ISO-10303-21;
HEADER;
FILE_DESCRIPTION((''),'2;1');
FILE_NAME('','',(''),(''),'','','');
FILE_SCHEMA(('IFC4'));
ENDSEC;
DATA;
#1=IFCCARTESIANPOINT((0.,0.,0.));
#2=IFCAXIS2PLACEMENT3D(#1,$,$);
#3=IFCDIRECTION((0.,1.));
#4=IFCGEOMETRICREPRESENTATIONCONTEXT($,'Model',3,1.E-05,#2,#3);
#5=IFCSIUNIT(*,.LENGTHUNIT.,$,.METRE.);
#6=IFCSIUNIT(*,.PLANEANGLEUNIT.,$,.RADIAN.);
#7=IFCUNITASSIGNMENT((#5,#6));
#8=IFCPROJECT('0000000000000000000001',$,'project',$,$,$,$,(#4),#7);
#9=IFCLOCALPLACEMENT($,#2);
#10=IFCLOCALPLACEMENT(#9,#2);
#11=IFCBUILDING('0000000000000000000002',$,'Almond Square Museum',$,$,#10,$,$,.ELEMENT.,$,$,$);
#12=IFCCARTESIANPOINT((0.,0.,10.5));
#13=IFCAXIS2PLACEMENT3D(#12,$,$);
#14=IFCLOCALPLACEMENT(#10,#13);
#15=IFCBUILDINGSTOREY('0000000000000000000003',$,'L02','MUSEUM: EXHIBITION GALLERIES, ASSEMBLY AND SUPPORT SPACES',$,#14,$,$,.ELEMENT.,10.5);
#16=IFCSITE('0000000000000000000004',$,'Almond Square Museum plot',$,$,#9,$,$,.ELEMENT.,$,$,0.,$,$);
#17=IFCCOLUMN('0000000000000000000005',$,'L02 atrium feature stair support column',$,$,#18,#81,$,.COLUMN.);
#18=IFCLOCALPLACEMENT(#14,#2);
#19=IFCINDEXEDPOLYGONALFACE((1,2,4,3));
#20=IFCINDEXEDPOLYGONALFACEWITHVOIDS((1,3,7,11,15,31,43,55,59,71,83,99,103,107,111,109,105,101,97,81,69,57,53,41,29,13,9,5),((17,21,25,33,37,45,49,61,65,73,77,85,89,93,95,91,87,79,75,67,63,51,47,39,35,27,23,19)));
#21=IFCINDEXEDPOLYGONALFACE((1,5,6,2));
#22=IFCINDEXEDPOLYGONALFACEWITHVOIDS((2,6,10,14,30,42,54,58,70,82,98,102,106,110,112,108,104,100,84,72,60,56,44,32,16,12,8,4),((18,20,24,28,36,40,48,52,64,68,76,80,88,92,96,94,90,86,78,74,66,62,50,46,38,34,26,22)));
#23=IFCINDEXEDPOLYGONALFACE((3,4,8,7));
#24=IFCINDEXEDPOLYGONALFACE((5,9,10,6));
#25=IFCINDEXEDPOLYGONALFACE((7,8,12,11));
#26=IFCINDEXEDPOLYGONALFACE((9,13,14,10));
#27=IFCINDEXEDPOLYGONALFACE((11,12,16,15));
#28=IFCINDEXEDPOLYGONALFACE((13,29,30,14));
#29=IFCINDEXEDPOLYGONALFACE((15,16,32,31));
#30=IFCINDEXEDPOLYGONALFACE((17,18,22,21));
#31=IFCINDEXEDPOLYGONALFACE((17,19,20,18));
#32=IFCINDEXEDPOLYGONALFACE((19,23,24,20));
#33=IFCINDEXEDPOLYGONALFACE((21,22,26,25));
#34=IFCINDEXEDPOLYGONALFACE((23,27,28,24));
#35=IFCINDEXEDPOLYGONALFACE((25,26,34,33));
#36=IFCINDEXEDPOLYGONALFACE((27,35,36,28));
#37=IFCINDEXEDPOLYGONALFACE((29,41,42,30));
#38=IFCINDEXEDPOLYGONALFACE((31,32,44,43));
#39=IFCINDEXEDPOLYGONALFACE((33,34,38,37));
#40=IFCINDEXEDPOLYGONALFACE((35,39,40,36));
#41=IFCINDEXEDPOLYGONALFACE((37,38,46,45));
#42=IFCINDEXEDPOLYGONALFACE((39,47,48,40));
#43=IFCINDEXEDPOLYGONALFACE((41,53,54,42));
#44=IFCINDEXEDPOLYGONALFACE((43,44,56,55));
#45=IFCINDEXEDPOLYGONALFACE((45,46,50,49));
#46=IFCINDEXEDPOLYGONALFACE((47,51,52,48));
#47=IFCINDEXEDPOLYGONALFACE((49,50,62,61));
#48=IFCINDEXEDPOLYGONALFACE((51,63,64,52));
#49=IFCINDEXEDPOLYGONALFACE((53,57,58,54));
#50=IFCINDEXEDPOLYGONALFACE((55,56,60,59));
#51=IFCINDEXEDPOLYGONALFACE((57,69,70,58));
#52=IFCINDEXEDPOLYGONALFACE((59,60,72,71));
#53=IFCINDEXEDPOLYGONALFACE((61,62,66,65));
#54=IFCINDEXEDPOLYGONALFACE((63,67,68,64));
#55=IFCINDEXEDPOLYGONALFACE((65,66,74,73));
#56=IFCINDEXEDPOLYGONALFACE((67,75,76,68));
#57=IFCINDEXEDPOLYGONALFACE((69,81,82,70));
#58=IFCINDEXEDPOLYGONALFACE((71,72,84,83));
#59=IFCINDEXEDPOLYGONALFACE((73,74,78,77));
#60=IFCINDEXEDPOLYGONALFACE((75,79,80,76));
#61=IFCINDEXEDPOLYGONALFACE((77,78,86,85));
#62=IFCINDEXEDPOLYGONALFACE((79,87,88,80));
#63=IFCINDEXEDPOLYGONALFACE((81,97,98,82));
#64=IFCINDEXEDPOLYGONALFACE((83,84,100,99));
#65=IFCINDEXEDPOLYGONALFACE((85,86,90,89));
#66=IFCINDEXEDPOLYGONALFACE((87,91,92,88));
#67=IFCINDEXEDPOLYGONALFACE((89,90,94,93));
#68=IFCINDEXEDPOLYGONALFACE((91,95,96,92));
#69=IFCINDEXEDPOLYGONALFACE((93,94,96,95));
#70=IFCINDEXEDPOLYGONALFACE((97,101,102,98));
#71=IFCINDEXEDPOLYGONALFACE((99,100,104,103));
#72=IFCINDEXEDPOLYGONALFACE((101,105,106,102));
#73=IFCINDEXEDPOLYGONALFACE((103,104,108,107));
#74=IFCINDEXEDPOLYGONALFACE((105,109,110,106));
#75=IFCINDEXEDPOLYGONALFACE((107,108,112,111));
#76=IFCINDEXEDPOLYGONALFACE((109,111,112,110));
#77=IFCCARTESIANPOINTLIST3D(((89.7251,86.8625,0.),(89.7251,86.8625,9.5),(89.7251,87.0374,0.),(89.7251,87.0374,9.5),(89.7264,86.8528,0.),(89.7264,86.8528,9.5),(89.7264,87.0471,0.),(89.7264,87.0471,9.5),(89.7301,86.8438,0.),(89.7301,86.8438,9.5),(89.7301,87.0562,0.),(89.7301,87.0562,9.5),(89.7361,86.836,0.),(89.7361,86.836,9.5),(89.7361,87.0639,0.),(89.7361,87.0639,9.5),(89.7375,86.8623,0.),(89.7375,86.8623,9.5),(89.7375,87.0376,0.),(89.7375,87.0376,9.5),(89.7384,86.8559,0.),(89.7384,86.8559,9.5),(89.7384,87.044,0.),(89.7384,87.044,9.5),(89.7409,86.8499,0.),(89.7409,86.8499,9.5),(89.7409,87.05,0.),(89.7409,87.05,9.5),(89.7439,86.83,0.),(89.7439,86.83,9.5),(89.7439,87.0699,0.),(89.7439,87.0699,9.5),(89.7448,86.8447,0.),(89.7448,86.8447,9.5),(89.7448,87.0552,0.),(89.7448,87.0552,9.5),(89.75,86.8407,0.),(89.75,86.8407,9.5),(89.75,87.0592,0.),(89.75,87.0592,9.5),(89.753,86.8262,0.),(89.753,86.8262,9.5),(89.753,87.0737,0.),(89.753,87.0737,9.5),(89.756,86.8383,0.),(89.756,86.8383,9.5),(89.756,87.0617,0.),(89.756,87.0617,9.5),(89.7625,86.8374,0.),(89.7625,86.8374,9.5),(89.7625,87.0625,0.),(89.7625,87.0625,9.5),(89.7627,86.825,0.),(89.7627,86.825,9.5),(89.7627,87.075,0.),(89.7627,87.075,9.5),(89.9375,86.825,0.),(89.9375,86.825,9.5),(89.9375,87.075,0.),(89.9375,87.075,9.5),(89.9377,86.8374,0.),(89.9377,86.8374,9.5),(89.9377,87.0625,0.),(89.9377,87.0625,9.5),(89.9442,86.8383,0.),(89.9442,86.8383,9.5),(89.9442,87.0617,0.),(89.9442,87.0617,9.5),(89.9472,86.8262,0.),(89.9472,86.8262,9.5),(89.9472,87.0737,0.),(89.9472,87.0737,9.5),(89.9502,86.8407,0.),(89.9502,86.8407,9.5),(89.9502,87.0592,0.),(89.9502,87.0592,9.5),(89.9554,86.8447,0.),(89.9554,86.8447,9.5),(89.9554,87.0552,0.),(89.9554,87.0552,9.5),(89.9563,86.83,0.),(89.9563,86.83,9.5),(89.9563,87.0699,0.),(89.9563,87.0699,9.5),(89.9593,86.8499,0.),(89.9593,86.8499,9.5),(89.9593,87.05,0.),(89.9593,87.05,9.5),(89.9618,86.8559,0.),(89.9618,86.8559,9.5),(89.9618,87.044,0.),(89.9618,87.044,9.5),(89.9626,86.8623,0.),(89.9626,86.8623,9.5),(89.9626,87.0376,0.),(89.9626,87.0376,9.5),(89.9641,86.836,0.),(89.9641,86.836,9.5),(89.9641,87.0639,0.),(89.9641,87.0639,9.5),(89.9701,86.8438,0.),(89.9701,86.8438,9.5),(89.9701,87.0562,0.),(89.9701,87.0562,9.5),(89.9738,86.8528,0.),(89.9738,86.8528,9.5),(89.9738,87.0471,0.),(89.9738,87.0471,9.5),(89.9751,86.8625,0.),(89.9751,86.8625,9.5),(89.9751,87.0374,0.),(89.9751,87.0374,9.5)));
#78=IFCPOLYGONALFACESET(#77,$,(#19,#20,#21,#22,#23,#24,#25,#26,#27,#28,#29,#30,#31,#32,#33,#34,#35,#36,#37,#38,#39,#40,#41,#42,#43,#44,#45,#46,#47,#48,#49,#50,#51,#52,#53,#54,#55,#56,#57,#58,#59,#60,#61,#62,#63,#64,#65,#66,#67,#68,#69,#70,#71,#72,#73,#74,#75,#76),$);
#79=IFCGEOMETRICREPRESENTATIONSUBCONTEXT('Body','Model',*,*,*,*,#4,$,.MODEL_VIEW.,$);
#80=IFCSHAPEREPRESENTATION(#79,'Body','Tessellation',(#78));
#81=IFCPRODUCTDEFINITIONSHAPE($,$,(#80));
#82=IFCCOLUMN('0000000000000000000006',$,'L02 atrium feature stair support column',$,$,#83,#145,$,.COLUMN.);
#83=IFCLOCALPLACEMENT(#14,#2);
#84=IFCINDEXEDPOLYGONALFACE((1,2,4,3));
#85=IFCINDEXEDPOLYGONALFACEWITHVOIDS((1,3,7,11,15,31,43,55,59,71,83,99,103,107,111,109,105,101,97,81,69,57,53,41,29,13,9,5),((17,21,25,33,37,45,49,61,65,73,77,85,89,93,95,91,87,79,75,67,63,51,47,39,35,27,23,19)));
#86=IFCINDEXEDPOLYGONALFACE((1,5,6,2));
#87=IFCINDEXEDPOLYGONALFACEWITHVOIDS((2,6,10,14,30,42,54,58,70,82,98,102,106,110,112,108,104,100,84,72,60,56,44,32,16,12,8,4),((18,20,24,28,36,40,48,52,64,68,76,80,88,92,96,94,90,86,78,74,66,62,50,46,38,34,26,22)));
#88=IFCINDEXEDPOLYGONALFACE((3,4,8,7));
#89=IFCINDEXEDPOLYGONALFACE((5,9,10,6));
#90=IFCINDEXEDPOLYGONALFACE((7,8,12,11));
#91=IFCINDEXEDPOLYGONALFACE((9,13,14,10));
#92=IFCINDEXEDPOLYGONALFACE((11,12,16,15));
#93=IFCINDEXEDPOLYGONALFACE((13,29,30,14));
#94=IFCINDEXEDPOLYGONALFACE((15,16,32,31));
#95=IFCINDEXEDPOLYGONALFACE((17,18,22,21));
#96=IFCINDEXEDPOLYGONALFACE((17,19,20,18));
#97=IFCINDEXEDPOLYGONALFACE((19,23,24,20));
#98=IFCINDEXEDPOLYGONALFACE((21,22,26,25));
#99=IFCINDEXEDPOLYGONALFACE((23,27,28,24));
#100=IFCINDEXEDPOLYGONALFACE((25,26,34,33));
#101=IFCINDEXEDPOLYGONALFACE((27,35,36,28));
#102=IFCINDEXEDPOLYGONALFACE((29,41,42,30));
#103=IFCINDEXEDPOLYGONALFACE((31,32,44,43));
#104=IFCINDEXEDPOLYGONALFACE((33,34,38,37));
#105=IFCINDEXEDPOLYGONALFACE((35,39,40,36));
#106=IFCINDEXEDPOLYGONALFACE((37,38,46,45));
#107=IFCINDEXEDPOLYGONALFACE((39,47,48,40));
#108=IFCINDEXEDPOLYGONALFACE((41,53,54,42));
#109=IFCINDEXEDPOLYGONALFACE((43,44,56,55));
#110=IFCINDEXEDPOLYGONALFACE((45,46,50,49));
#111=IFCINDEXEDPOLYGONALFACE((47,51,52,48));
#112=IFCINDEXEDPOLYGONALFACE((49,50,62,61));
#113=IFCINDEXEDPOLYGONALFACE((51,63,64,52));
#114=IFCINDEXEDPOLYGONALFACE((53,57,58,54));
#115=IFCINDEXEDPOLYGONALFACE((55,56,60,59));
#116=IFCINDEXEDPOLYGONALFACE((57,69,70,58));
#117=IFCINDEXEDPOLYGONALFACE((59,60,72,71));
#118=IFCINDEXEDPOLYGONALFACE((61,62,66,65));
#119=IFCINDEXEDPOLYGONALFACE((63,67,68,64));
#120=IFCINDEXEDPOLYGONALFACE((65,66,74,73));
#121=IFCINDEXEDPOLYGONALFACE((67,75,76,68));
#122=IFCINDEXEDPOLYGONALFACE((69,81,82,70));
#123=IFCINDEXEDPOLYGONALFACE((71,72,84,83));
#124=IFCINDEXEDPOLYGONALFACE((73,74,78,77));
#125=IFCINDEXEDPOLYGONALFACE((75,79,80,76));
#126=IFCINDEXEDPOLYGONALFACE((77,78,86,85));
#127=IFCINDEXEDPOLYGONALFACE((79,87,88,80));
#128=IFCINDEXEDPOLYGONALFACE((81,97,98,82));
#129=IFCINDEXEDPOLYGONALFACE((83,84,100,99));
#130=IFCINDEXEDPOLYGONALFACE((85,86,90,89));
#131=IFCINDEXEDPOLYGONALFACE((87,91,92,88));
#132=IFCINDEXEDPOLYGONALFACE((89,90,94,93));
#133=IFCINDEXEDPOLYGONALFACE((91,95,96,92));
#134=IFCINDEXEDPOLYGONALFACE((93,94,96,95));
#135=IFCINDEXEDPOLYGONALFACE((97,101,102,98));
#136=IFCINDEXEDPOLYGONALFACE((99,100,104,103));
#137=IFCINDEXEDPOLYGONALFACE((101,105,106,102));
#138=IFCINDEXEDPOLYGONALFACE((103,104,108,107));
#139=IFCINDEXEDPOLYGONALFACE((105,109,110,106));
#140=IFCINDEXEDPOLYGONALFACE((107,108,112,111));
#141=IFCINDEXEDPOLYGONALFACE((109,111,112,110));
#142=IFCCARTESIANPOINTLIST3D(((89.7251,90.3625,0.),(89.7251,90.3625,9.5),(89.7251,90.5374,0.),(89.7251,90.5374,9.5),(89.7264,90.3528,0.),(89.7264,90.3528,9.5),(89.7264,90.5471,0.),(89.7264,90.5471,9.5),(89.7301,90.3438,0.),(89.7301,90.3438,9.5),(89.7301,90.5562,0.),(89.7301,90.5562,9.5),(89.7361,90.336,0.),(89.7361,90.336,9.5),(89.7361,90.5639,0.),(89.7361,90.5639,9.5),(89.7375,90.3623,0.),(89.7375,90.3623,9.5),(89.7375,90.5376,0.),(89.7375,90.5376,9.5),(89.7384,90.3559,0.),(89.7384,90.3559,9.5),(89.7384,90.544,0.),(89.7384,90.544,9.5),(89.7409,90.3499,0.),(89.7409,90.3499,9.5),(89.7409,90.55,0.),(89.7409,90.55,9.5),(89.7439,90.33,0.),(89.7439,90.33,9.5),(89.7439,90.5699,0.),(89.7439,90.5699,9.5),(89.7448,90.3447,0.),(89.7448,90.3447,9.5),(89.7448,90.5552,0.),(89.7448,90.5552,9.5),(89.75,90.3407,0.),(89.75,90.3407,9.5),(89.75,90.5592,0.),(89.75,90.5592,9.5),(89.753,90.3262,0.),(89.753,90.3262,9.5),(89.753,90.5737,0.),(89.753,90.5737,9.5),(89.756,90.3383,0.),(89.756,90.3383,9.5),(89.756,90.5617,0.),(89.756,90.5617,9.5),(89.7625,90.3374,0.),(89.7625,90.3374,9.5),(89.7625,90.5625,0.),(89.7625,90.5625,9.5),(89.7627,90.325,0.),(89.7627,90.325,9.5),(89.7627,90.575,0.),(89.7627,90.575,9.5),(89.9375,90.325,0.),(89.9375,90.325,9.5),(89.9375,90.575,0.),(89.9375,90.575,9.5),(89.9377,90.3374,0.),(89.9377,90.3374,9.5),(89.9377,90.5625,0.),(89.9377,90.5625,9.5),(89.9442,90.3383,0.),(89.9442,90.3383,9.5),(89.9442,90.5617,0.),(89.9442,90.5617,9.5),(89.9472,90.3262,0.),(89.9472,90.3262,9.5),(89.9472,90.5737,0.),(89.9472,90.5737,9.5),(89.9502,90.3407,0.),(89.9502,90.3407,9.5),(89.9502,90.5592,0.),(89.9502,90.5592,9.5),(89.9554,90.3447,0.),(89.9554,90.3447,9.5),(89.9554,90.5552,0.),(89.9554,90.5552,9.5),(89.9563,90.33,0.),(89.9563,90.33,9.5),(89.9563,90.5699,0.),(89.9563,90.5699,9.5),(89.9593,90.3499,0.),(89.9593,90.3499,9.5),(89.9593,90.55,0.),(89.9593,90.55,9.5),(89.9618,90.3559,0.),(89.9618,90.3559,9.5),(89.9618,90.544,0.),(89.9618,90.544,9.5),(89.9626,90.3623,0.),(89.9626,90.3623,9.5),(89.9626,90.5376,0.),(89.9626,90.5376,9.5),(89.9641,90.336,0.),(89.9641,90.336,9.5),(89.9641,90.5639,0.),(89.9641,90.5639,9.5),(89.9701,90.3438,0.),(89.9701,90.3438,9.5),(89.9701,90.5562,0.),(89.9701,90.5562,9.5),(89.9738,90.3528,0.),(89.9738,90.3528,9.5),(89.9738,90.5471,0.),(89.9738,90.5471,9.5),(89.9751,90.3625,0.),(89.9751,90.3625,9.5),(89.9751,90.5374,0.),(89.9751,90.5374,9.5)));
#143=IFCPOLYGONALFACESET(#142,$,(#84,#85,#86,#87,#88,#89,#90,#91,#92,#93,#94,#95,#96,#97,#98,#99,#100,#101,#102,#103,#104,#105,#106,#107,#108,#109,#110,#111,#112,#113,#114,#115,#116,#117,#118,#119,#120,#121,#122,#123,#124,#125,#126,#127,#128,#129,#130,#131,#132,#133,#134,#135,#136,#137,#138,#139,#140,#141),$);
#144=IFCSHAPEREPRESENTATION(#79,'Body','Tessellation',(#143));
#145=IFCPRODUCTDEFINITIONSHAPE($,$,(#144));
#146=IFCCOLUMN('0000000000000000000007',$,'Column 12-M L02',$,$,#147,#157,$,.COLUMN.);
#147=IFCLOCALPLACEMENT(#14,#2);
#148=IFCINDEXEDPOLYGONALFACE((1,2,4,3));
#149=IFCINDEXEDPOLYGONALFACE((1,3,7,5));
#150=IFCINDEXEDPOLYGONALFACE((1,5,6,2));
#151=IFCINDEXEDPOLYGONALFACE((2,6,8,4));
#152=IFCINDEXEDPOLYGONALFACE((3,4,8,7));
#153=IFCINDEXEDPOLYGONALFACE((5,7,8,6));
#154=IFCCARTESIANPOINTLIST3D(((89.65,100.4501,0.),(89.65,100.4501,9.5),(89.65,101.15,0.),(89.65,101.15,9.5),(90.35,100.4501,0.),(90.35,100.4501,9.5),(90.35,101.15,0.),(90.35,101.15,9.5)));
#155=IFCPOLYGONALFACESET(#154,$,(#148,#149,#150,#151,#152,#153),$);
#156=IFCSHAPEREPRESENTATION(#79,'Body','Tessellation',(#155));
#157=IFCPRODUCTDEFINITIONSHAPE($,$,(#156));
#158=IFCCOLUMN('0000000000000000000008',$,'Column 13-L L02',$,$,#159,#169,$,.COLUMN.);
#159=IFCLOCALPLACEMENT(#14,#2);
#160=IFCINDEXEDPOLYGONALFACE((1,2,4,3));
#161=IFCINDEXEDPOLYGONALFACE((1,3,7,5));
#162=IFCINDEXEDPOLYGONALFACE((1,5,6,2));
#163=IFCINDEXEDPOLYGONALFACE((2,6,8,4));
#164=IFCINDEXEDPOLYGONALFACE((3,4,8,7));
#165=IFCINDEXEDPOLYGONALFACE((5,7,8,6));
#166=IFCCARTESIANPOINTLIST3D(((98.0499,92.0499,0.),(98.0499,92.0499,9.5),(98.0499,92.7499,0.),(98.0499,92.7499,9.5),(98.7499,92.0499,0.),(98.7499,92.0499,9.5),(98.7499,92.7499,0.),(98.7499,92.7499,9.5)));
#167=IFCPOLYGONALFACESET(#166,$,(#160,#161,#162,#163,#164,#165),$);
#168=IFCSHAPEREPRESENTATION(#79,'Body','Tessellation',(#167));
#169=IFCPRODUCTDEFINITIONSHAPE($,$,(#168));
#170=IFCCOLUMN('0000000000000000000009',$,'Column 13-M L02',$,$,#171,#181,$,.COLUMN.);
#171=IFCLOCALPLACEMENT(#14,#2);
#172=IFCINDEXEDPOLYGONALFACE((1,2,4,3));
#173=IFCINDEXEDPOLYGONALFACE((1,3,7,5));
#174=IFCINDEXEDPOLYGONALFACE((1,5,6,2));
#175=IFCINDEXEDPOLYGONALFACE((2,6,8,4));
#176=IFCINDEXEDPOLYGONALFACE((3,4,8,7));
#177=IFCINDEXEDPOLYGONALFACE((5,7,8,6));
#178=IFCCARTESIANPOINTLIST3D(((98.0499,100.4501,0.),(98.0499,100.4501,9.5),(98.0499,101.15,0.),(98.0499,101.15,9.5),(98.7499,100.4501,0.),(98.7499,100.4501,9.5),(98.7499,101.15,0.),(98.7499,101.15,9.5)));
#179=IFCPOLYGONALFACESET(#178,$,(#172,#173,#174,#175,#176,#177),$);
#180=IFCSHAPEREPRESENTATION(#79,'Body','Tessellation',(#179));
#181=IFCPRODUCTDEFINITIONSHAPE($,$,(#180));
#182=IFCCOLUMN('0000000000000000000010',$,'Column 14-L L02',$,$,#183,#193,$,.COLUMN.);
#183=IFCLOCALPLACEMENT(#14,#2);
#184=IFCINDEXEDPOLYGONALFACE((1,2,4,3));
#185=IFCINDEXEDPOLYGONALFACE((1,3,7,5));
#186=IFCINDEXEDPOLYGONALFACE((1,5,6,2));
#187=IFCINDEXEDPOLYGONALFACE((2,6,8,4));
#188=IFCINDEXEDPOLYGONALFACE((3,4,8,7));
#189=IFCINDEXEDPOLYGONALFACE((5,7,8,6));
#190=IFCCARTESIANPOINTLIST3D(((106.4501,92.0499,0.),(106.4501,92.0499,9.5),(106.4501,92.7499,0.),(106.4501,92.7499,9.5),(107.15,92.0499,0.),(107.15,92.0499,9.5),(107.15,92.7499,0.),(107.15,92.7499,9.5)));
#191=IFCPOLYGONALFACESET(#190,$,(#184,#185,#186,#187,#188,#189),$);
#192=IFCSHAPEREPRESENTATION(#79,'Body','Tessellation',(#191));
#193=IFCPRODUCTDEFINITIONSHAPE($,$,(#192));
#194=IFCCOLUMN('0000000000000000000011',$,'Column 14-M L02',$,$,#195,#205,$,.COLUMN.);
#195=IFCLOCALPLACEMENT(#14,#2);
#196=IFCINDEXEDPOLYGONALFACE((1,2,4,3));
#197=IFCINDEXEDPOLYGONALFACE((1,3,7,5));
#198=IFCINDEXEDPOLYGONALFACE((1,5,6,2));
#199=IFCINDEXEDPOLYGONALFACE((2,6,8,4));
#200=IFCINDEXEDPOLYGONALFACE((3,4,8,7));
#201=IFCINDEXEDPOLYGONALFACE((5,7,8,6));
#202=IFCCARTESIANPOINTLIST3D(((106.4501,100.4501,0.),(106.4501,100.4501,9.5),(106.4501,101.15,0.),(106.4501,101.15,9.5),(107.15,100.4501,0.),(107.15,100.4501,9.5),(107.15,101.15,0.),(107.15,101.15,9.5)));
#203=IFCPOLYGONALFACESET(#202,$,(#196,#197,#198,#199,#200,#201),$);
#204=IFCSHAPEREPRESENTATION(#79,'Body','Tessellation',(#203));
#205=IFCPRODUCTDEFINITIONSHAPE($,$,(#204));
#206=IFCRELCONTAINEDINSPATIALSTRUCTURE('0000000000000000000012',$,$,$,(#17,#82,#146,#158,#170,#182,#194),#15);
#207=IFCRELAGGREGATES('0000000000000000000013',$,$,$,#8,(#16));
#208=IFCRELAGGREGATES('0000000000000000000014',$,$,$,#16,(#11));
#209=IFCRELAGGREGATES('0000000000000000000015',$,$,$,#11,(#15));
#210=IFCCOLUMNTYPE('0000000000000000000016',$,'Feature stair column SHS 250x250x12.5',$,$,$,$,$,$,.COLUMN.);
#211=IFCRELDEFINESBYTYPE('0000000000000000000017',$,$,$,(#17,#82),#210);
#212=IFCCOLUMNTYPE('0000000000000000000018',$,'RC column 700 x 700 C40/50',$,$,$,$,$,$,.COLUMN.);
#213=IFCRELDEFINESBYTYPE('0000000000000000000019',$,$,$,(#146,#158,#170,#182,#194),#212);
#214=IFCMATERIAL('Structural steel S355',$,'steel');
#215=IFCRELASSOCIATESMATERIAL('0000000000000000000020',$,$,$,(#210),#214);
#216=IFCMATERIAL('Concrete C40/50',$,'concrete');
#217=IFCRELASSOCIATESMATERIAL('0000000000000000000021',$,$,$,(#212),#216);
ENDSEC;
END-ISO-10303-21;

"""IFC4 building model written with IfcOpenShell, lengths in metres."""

from ifc_helpers import new_model, si_unit, direction, frame, origin, origin_2d, place, context, subcontext, project, spatial, rectangle, hollow_rectangle, extrude, material, material_profile, profile_set, type_object, element, save


model = new_model("IFC4")

# Units and contexts
model_context = context("Model", 3, precision=1e-05, world=origin(), true_north=direction((0.0, 1.0)))
body_context = subcontext(model_context, "Body", "Model", "MODEL_VIEW")
ifc_project = project(units=[si_unit("LENGTHUNIT", "METRE"), si_unit("PLANEANGLEUNIT", "RADIAN")], contexts=[model_context])

# Site, building, storey
site_placement = place(None, origin())
site = spatial("IfcSite", under=ifc_project, at=site_placement, Name="Almond Square Museum plot", CompositionType="ELEMENT", RefElevation=0.0)
building_placement = place(site_placement, origin())
building = spatial("IfcBuilding", under=site, at=building_placement, Name="Almond Square Museum", CompositionType="ELEMENT")
storey_placement = place(building_placement, frame((0.0, 0.0, 10.5)))
storey = spatial("IfcBuildingStorey", under=building, at=storey_placement, Name="L02", Description="MUSEUM: EXHIBITION GALLERIES, ASSEMBLY AND SUPPORT SPACES", CompositionType="ELEMENT", Elevation=10.5)

# Columns
ifc_material_1 = material(Name="Structural steel S355", Category="steel")
ifc_material_profile_1 = material_profile(ifc_material_1, hollow_rectangle(XDim=0.25, YDim=0.25, WallThickness=0.0125, InnerFilletRadius=0.0249, OuterFilletRadius=0.0376, at=origin_2d()))
ifc_profile_set_1 = profile_set([ifc_material_profile_1], Name="Structural steel S355")
column_type_1 = type_object("IfcColumnType", Name="Feature stair column SHS 250x250x12.5", PredefinedType="COLUMN", material=ifc_profile_set_1)
for number, where, z_axis, x_axis, name in (
    (1, (89.8501, 86.95, 0.0), (0.0, 0.0, 1.0), (1.0, 0.0, 0.0), "L02 atrium feature stair support column"),
    (2, (89.8501, 90.45, 0.0), (0.0, 0.0, 1.0), (1.0, 0.0, 0.0), "L02 atrium feature stair support column"),
):
    element("IfcColumn", number, at=place(storey_placement, frame(where, z_axis=z_axis, x_axis=x_axis)), inside=storey, type_object=column_type_1, Name=name, PredefinedType="COLUMN", context=body_context, shape_type="SweptSolid", body=[
        extrude(hollow_rectangle(XDim=0.25, YDim=0.25, WallThickness=0.0125, InnerFilletRadius=0.0249, OuterFilletRadius=0.0376, at=origin_2d()), origin(), (0.0, 0.0, 1.0), 9.5),
    ])
ifc_material_2 = material(Name="Concrete C40/50", Category="concrete")
ifc_material_profile_2 = material_profile(ifc_material_2, rectangle(XDim=0.7, YDim=0.7, at=origin_2d()))
ifc_profile_set_2 = profile_set([ifc_material_profile_2], Name="Concrete C40/50")
column_type_2 = type_object("IfcColumnType", Name="RC column 700 x 700 C40/50", PredefinedType="COLUMN", material=ifc_profile_set_2)
for number, where, z_axis, x_axis, name in (
    (3, (90.0, 100.8, 0.0), (0.0, 0.0, 1.0), (1.0, 0.0, 0.0), "Column 12-M L02"),
    (4, (98.3999, 92.3999, 0.0), (0.0, 0.0, 1.0), (1.0, 0.0, 0.0), "Column 13-L L02"),
    (5, (98.3999, 100.8, 0.0), (0.0, 0.0, 1.0), (1.0, 0.0, 0.0), "Column 13-M L02"),
    (6, (106.8, 92.3999, 0.0), (0.0, 0.0, 1.0), (1.0, 0.0, 0.0), "Column 14-L L02"),
    (7, (106.8, 100.8, 0.0), (0.0, 0.0, 1.0), (1.0, 0.0, 0.0), "Column 14-M L02"),
):
    element("IfcColumn", number, at=place(storey_placement, frame(where, z_axis=z_axis, x_axis=x_axis)), inside=storey, type_object=column_type_2, Name=name, PredefinedType="COLUMN", context=body_context, shape_type="SweptSolid", body=[
        extrude(rectangle(XDim=0.7, YDim=0.7, at=origin_2d()), origin(), (0.0, 0.0, 1.0), 9.5),
    ])

save(model, "model.ifc")
